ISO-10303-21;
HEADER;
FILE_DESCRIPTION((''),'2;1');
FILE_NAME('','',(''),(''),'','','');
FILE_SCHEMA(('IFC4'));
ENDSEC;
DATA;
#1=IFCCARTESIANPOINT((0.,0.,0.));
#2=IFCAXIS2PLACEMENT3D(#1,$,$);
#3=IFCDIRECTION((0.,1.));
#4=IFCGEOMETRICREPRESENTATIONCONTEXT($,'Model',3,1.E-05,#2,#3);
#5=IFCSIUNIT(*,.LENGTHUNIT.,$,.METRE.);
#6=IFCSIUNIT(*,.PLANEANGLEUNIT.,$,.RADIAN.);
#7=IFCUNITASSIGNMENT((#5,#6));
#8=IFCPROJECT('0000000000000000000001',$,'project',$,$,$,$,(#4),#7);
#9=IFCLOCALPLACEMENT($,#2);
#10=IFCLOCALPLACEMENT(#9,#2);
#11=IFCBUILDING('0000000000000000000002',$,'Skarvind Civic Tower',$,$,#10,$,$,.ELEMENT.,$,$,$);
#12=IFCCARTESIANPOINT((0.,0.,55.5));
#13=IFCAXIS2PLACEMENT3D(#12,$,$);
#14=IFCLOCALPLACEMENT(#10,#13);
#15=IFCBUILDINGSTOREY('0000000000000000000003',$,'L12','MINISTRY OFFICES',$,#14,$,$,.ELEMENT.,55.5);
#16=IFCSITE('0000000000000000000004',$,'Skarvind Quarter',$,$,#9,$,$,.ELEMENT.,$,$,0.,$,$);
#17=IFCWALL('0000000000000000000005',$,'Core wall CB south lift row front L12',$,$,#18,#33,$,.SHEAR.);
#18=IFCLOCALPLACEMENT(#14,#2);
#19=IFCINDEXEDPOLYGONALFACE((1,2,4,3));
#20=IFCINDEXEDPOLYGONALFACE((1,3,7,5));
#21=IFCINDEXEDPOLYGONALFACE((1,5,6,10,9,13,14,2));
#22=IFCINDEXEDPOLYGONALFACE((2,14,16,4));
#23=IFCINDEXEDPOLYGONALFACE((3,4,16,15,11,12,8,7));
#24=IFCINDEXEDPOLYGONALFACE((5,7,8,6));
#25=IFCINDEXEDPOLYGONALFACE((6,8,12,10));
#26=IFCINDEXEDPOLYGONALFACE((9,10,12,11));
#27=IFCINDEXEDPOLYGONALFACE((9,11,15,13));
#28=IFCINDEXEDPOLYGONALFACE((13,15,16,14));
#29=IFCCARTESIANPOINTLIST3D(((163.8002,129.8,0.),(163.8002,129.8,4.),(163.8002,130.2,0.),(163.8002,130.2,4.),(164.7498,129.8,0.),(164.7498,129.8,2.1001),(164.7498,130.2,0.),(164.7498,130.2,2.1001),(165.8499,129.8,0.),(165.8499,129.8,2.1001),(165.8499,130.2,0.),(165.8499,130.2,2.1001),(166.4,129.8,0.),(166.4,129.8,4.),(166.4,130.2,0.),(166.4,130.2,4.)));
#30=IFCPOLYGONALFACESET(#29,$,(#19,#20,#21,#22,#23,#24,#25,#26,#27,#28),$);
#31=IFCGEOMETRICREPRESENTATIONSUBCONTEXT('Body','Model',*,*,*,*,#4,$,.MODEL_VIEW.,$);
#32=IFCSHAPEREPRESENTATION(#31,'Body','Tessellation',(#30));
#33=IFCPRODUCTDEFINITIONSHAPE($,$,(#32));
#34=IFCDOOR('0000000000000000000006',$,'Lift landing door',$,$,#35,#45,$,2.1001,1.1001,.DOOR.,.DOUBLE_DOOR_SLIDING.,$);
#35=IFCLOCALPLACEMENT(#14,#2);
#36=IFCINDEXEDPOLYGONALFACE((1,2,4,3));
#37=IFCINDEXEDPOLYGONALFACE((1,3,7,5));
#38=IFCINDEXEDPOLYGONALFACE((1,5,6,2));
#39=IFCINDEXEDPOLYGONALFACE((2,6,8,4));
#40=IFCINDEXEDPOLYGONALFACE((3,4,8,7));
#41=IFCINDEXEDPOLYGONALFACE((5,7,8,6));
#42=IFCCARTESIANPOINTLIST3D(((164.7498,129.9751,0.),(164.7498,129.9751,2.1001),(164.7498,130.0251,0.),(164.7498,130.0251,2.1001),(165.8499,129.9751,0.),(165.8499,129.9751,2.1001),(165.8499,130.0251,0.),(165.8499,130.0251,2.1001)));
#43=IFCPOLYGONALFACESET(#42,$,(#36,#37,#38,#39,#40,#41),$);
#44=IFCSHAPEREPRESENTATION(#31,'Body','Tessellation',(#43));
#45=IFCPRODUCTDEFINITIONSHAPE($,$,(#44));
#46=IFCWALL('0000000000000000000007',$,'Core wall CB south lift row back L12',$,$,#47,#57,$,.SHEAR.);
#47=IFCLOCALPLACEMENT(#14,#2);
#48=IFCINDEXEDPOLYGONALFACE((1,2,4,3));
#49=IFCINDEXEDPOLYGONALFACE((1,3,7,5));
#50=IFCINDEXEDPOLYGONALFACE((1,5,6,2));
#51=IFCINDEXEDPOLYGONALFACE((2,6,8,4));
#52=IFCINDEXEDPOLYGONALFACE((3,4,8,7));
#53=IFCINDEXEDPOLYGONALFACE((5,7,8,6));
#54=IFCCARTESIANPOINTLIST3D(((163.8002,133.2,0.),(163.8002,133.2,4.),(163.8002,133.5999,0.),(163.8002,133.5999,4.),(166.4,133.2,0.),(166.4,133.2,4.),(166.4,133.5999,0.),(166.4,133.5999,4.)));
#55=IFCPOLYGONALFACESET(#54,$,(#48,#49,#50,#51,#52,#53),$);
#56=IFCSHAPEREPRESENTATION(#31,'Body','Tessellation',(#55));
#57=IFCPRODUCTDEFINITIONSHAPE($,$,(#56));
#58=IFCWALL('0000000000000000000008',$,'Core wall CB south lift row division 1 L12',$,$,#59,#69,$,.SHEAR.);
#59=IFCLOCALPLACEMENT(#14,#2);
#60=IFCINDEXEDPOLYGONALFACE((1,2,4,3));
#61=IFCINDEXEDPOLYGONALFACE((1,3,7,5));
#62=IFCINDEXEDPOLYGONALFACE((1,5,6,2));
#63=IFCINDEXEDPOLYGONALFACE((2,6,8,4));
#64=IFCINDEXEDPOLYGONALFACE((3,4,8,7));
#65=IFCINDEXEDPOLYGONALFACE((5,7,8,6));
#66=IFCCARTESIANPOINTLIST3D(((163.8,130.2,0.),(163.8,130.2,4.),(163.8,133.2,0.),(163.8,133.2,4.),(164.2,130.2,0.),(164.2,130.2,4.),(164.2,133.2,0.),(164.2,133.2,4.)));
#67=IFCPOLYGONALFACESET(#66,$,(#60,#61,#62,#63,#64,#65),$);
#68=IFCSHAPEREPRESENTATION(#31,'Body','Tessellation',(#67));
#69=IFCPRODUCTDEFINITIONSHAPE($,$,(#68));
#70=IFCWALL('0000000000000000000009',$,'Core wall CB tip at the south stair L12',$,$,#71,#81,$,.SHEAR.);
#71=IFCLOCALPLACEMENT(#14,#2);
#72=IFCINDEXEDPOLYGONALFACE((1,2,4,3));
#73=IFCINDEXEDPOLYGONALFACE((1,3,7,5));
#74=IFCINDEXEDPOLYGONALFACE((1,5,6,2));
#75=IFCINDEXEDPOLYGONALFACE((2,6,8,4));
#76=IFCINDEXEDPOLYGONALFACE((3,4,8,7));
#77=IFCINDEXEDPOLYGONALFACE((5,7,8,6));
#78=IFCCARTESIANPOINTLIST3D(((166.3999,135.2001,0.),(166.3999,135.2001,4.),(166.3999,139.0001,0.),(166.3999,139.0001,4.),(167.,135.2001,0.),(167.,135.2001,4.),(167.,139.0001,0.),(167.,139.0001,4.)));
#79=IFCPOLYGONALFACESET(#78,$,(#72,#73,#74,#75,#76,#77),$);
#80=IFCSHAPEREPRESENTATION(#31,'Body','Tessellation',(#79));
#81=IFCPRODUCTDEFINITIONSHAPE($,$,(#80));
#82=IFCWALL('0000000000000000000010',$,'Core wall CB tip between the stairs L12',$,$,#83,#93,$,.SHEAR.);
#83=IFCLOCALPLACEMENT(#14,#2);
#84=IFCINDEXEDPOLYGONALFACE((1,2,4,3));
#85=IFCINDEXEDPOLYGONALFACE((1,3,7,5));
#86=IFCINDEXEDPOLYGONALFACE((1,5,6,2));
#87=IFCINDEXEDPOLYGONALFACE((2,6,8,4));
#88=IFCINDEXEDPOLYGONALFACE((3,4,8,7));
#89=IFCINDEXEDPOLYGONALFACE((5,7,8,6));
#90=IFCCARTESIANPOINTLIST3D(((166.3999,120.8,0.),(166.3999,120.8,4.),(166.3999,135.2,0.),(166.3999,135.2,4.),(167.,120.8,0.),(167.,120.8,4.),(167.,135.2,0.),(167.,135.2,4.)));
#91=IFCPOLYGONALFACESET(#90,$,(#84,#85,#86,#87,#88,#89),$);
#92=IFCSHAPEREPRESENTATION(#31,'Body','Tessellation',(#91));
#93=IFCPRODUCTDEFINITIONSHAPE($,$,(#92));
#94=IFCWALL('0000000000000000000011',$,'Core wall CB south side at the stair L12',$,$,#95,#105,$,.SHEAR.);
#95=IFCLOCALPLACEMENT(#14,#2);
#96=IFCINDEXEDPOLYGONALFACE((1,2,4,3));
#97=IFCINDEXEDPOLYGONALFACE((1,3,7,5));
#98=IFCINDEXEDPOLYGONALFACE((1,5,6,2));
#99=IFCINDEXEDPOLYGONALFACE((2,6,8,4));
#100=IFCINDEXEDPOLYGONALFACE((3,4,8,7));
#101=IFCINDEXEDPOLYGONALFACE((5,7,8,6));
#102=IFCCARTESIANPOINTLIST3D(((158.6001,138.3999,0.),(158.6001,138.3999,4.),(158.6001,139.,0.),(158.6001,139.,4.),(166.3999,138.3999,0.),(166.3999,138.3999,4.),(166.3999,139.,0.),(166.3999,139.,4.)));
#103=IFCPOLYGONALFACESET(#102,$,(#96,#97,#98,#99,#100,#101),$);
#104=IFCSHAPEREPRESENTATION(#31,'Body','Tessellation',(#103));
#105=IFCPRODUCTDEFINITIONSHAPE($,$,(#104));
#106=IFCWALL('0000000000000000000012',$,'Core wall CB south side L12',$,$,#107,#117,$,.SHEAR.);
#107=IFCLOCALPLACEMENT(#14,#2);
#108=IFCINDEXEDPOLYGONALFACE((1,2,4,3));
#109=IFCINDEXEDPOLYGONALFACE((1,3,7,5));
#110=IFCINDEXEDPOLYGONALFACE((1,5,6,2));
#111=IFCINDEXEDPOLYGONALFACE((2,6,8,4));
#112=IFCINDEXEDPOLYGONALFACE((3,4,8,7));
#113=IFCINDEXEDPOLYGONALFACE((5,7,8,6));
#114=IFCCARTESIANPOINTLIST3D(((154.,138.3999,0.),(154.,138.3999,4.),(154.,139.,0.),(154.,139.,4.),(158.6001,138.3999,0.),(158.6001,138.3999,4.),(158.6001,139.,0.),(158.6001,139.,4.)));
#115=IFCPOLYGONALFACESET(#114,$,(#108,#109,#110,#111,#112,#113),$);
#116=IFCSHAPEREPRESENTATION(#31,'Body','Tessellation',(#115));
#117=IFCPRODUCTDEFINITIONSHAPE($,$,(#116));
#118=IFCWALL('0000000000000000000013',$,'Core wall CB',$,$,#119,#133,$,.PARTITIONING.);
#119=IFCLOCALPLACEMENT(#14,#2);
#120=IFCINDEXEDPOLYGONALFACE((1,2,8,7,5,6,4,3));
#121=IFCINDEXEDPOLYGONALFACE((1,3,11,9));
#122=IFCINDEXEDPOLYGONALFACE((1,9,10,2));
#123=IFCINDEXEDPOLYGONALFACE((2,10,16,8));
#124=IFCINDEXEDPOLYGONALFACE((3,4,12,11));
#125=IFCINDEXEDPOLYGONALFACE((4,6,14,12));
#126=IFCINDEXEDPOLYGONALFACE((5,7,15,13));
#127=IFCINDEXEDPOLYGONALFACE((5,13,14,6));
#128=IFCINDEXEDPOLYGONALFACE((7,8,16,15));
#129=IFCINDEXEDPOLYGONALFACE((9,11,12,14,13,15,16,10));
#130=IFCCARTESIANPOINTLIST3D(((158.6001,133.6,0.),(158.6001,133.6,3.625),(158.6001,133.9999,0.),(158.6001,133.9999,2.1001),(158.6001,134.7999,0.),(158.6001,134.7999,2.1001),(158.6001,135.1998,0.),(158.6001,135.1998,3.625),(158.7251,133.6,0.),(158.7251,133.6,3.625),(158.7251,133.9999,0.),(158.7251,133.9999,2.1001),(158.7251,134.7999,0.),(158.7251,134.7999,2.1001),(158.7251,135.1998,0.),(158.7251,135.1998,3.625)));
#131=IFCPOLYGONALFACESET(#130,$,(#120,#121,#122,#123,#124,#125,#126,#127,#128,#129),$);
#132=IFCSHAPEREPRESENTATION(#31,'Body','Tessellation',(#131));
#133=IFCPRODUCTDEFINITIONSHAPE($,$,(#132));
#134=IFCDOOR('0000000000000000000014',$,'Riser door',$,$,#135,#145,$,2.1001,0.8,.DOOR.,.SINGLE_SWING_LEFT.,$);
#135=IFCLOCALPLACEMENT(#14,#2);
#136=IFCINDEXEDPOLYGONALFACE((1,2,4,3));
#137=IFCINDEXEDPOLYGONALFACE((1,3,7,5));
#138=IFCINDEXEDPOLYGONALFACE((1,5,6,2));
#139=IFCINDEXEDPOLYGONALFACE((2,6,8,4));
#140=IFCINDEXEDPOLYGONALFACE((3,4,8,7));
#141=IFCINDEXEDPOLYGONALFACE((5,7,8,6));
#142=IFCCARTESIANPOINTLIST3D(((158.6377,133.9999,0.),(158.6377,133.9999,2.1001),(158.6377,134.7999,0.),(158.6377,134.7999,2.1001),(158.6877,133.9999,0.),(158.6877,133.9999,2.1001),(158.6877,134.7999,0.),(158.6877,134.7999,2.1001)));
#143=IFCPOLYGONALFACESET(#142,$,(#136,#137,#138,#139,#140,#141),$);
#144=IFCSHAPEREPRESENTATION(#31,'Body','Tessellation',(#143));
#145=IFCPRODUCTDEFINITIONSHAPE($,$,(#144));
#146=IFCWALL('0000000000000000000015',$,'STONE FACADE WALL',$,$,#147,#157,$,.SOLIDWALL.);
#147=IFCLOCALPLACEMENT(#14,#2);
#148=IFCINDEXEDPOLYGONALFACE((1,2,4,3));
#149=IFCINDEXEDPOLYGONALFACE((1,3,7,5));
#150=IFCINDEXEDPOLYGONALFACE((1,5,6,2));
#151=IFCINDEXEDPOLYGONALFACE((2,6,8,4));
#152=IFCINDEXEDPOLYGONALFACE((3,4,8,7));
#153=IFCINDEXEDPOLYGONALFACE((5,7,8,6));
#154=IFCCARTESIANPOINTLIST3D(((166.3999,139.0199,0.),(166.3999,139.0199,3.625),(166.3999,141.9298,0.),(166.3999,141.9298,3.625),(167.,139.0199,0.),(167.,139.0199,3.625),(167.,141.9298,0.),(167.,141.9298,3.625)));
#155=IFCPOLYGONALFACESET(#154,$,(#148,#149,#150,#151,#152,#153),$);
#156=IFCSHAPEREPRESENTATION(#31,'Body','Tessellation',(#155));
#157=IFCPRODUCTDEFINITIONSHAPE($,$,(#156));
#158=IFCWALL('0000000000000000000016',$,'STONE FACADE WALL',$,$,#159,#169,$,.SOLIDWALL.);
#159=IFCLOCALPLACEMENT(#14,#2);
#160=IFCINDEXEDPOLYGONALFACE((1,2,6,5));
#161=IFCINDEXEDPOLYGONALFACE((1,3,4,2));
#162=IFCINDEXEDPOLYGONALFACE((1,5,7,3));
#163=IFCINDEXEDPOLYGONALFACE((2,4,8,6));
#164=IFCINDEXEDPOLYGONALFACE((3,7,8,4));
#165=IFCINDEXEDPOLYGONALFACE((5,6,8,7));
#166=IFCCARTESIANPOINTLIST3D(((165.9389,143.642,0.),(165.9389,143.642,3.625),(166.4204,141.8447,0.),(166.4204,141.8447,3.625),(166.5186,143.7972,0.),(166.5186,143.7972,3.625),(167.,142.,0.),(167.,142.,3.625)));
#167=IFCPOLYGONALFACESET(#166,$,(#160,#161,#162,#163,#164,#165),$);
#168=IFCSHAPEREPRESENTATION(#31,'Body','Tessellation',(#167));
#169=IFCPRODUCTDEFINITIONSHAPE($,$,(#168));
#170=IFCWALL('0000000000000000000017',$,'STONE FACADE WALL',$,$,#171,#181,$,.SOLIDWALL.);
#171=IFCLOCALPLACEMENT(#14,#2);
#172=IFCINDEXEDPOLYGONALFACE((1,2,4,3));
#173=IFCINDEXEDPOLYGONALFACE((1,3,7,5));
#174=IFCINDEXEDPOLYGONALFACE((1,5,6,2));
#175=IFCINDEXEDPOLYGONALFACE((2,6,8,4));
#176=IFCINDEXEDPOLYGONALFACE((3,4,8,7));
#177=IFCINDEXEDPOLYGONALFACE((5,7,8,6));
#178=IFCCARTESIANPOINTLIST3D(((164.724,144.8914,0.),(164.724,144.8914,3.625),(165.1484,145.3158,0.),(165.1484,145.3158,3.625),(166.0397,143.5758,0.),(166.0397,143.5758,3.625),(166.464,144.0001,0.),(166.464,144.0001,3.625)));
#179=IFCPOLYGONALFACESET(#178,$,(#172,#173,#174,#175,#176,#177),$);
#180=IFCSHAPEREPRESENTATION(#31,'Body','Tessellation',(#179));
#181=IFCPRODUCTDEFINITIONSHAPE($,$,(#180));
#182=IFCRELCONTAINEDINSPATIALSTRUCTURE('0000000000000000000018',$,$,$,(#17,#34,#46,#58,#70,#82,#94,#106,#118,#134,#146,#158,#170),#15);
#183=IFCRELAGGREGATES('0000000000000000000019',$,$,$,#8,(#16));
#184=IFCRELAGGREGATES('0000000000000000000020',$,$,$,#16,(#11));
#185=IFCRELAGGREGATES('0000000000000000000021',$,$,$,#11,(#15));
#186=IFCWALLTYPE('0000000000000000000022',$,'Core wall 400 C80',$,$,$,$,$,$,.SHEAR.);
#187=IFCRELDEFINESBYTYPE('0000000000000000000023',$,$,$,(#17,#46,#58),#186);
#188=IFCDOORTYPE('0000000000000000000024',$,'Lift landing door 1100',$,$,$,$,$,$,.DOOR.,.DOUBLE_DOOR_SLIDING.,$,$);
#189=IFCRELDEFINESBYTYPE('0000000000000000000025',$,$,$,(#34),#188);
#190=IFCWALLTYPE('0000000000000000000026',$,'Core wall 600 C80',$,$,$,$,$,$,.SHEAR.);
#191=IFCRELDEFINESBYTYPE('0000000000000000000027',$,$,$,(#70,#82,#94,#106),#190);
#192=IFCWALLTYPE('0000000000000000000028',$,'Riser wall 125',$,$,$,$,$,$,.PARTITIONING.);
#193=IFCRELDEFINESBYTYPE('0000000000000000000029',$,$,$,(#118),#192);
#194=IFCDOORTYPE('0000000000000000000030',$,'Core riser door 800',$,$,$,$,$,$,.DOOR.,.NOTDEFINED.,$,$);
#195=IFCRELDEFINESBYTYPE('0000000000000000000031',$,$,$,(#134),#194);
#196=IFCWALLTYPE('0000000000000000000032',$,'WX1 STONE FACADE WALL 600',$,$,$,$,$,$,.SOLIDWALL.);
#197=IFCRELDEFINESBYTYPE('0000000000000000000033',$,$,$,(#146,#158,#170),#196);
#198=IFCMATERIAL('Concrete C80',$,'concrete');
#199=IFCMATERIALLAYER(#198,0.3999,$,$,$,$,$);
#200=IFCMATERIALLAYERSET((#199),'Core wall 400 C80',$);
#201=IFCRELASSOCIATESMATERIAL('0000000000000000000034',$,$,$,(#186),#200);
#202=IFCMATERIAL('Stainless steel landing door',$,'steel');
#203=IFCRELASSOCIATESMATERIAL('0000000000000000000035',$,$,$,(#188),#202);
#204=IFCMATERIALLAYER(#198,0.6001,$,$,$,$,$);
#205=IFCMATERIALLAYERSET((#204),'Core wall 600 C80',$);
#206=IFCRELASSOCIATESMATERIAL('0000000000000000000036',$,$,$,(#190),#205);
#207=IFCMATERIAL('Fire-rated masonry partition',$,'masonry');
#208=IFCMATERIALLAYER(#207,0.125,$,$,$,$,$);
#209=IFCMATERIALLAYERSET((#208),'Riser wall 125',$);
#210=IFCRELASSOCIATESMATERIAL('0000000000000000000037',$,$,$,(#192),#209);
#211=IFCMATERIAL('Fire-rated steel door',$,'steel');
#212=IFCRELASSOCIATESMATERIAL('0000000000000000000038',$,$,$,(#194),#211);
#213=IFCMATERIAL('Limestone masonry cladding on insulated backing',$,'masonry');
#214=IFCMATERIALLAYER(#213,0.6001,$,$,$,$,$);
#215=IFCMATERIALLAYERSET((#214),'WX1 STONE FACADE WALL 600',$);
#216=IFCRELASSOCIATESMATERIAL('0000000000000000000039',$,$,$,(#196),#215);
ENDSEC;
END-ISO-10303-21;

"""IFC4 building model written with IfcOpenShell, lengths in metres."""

from ifc_helpers import new_model, si_unit, direction, frame, frame_2d, origin, place, context, subcontext, project, spatial, rectangle, extrude, material, layer, layer_set, type_object, element, fill, save


model = new_model("IFC4")

# Units and contexts
model_context = context("Model", 3, precision=1e-05, world=origin(), true_north=direction((0.0, 1.0)))
body_context = subcontext(model_context, "Body", "Model", "MODEL_VIEW")
ifc_project = project(units=[si_unit("LENGTHUNIT", "METRE"), si_unit("PLANEANGLEUNIT", "RADIAN")], contexts=[model_context])

# Site, building, storey
site_placement = place(None, origin())
site = spatial("IfcSite", under=ifc_project, at=site_placement, Name="Skarvind Quarter", CompositionType="ELEMENT", RefElevation=0.0)
building_placement = place(site_placement, origin())
building = spatial("IfcBuilding", under=site, at=building_placement, Name="Skarvind Civic Tower", CompositionType="ELEMENT")
storey_placement = place(building_placement, frame((0.0, 0.0, 55.5)))
storey = spatial("IfcBuildingStorey", under=building, at=storey_placement, Name="L12", Description="MINISTRY OFFICES", CompositionType="ELEMENT", Elevation=55.5)

# Shared definitions
ifc_material_1 = material(Name="Fire-rated masonry partition", Category="masonry")
ifc_material_2 = material(Name="Fire-rated steel door", Category="steel")

# Shared definitions
ifc_material_3 = material(Name="Concrete C80", Category="concrete")
ifc_layer_1 = layer(ifc_material_3, 0.3999)
ifc_layer_set_1 = layer_set([ifc_layer_1], Name="Core wall 400 C80")
wall_type_1 = type_object("IfcWallType", Name="Core wall 400 C80", PredefinedType="SHEAR", material=ifc_layer_set_1)

# Wall, opening, door
wall_1_placement = place(storey_placement, frame((166.3999, 130.0, 0.0), z_axis=(0.0, 0.0, 1.0), x_axis=(-1.0, 0.0, 0.0)))
wall_1 = element("IfcWall", 1, at=wall_1_placement, inside=storey, type_object=wall_type_1, Name="Core wall CB south lift row front L12", PredefinedType="SHEAR", context=body_context, shape_type="SweptSolid", body=[
    extrude(rectangle(XDim=2.5999, YDim=0.3999, at=frame_2d((1.2998, 0.0))), origin(), (0.0, 0.0, 1.0), 4.0),
])
opening_1_placement = place(wall_1_placement, frame((0.55, 0.0, 0.0)))
opening_1 = element("IfcOpeningElement", 2, at=opening_1_placement, cuts=wall_1, PredefinedType="OPENING", context=body_context, shape_type="SweptSolid", body=[
    extrude(rectangle(XDim=1.1001, YDim=2.1001, at=frame_2d((0.55, 1.05))), frame((0.0, 0.21, 0.0), z_axis=(0.0, -1.0, 0.0), x_axis=(1.0, 0.0, 0.0)), (0.0, 0.0, 1.0), 0.4199),
])
ifc_material_4 = material(Name="Stainless steel landing door", Category="steel")
door_type_1 = type_object("IfcDoorType", Name="Lift landing door 1100", OperationType="DOUBLE_DOOR_SLIDING", PredefinedType="DOOR", material=ifc_material_4)
door_1_placement = place(opening_1_placement, origin())
door_1 = element("IfcDoor", 3, at=door_1_placement, inside=storey, type_object=door_type_1, Name="Lift landing door", OperationType="DOUBLE_DOOR_SLIDING", OverallHeight=2.1001, OverallWidth=1.1001, PredefinedType="DOOR", context=body_context, shape_type="SweptSolid", body=[
    extrude(rectangle(XDim=1.1001, YDim=2.1001, at=frame_2d((0.55, 1.05))), frame((0.0, 0.0249, 0.0), z_axis=(0.0, -1.0, 0.0), x_axis=(1.0, 0.0, 0.0)), (0.0, 0.0, 1.0), 0.05),
])
fill(opening_1, door_1)

# Walls
wall_2_placement = place(storey_placement, frame((166.3999, 133.3999, 0.0), z_axis=(0.0, 0.0, 1.0), x_axis=(-1.0, 0.0, 0.0)))
element("IfcWall", 4, at=wall_2_placement, inside=storey, type_object=wall_type_1, Name="Core wall CB south lift row back L12", PredefinedType="SHEAR", context=body_context, shape_type="SweptSolid", body=[
    extrude(rectangle(XDim=2.5999, YDim=0.3999, at=frame_2d((1.2998, 0.0))), origin(), (0.0, 0.0, 1.0), 4.0),
])
wall_3_placement = place(storey_placement, frame((164.0, 133.2, 0.0), z_axis=(0.0, 0.0, 1.0), x_axis=(0.0, -1.0, 0.0)))
element("IfcWall", 5, at=wall_3_placement, inside=storey, type_object=wall_type_1, Name="Core wall CB south lift row division 1 L12", PredefinedType="SHEAR", context=body_context, shape_type="SweptSolid", body=[
    extrude(rectangle(XDim=3.0, YDim=0.3999, at=frame_2d((1.5, 0.0))), origin(), (0.0, 0.0, 1.0), 4.0),
])
ifc_layer_2 = layer(ifc_material_3, 0.6001)
ifc_layer_set_2 = layer_set([ifc_layer_2], Name="Core wall 600 C80")
wall_type_2 = type_object("IfcWallType", Name="Core wall 600 C80", PredefinedType="SHEAR", material=ifc_layer_set_2)
wall_4_placement = place(storey_placement, frame((166.7, 139.0, 0.0), z_axis=(0.0, 0.0, 1.0), x_axis=(0.0, -1.0, 0.0)))
element("IfcWall", 6, at=wall_4_placement, inside=storey, type_object=wall_type_2, Name="Core wall CB tip at the south stair L12", PredefinedType="SHEAR", context=body_context, shape_type="SweptSolid", body=[
    extrude(rectangle(XDim=3.8, YDim=0.6001, at=frame_2d((1.8999, 0.0))), origin(), (0.0, 0.0, 1.0), 4.0),
])
wall_5_placement = place(storey_placement, frame((166.7, 135.2, 0.0), z_axis=(0.0, 0.0, 1.0), x_axis=(0.0, -1.0, 0.0)))
element("IfcWall", 7, at=wall_5_placement, inside=storey, type_object=wall_type_2, Name="Core wall CB tip between the stairs L12", PredefinedType="SHEAR", context=body_context, shape_type="SweptSolid", body=[
    extrude(rectangle(XDim=14.3999, YDim=0.6001, at=frame_2d((7.2, 0.0))), origin(), (0.0, 0.0, 1.0), 4.0),
])
wall_6_placement = place(storey_placement, frame((166.3999, 138.7, 0.0), z_axis=(0.0, 0.0, 1.0), x_axis=(-1.0, 0.0, 0.0)))
element("IfcWall", 8, at=wall_6_placement, inside=storey, type_object=wall_type_2, Name="Core wall CB south side at the stair L12", PredefinedType="SHEAR", context=body_context, shape_type="SweptSolid", body=[
    extrude(rectangle(XDim=7.7998, YDim=0.6001, at=frame_2d((3.8999, 0.0))), origin(), (0.0, 0.0, 1.0), 4.0),
])
wall_7_placement = place(storey_placement, frame((158.6001, 138.7, 0.0), z_axis=(0.0, 0.0, 1.0), x_axis=(-1.0, 0.0, 0.0)))
element("IfcWall", 9, at=wall_7_placement, inside=storey, type_object=wall_type_2, Name="Core wall CB south side L12", PredefinedType="SHEAR", context=body_context, shape_type="SweptSolid", body=[
    extrude(rectangle(XDim=4.6001, YDim=0.6001, at=frame_2d((2.3, 0.0))), origin(), (0.0, 0.0, 1.0), 4.0),
])

# Wall, opening, door
ifc_layer_3 = layer(ifc_material_1, 0.125)
ifc_layer_set_3 = layer_set([ifc_layer_3], Name="Riser wall 125")
wall_type_3 = type_object("IfcWallType", Name="Riser wall 125", PredefinedType="PARTITIONING", material=ifc_layer_set_3)
wall_8_placement = place(storey_placement, frame((158.6626, 133.6001, 0.0), z_axis=(0.0, 0.0, 1.0), x_axis=(0.0, 1.0, 0.0)))
wall_8 = element("IfcWall", 10, at=wall_8_placement, inside=storey, type_object=wall_type_3, Name="Core wall CB", PredefinedType="PARTITIONING", context=body_context, shape_type="SweptSolid", body=[
    extrude(rectangle(XDim=1.5999, YDim=0.125, at=frame_2d((0.7998, 0.0))), origin(), (0.0, 0.0, 1.0), 3.625),
])
opening_2_placement = place(wall_8_placement, frame((0.3999, 0.0, 0.0)))
opening_2 = element("IfcOpeningElement", 11, at=opening_2_placement, cuts=wall_8, PredefinedType="OPENING", context=body_context, shape_type="SweptSolid", body=[
    extrude(rectangle(XDim=0.8, YDim=2.1001, at=frame_2d((0.3999, 1.05))), frame((0.0, 0.0725, 0.0), z_axis=(0.0, -1.0, 0.0), x_axis=(1.0, 0.0, 0.0)), (0.0, 0.0, 1.0), 0.145),
])
door_type_2 = type_object("IfcDoorType", Name="Core riser door 800", OperationType="NOTDEFINED", PredefinedType="DOOR", material=ifc_material_2)
door_2_placement = place(opening_2_placement, origin())
door_2 = element("IfcDoor", 12, at=door_2_placement, inside=storey, type_object=door_type_2, Name="Riser door", OperationType="SINGLE_SWING_LEFT", OverallHeight=2.1001, OverallWidth=0.8, PredefinedType="DOOR", context=body_context, shape_type="SweptSolid", body=[
    extrude(rectangle(XDim=0.8, YDim=2.1001, at=frame_2d((0.3999, 1.05))), frame((0.0, 0.0249, 0.0), z_axis=(0.0, -1.0, 0.0), x_axis=(1.0, 0.0, 0.0)), (0.0, 0.0, 1.0), 0.05),
])
fill(opening_2, door_2)

# Walls
ifc_material_5 = material(Name="Limestone masonry cladding on insulated backing", Category="masonry")
ifc_layer_4 = layer(ifc_material_5, 0.6001)
ifc_layer_set_4 = layer_set([ifc_layer_4], Name="WX1 STONE FACADE WALL 600")
wall_type_4 = type_object("IfcWallType", Name="WX1 STONE FACADE WALL 600", PredefinedType="SOLIDWALL", material=ifc_layer_set_4)
wall_9_placement = place(storey_placement, frame((166.7, 141.9299, 0.0), z_axis=(0.0, 0.0, 1.0), x_axis=(0.0, -1.0, 0.0)))
element("IfcWall", 13, at=wall_9_placement, inside=storey, type_object=wall_type_4, Name="STONE FACADE WALL", PredefinedType="SOLIDWALL", context=body_context, shape_type="SweptSolid", body=[
    extrude(rectangle(XDim=2.9099, YDim=0.6001, at=frame_2d((1.4551, 0.0))), origin(), (0.0, 0.0, 1.0), 3.625),
])
for number, where, z_axis, x_axis, name in (
    (14, (166.2288, 143.7195, 0.0), (0.0, 0.0, 1.0), (0.258773, -0.965938, 0.0), "STONE FACADE WALL"),
    (15, (164.9363, 145.1035, 0.0), (0.0, 0.0, 1.0), (0.707107, -0.707107, 0.0), "STONE FACADE WALL"),
):
    element("IfcWall", number, at=place(storey_placement, frame(where, z_axis=z_axis, x_axis=x_axis)), inside=storey, type_object=wall_type_4, Name=name, PredefinedType="SOLIDWALL", context=body_context, shape_type="SweptSolid", body=[
        extrude(rectangle(XDim=1.8606, YDim=0.6001, at=frame_2d((0.9302, 0.0))), origin(), (0.0, 0.0, 1.0), 3.625),
    ])

save(model, "model.ifc")
